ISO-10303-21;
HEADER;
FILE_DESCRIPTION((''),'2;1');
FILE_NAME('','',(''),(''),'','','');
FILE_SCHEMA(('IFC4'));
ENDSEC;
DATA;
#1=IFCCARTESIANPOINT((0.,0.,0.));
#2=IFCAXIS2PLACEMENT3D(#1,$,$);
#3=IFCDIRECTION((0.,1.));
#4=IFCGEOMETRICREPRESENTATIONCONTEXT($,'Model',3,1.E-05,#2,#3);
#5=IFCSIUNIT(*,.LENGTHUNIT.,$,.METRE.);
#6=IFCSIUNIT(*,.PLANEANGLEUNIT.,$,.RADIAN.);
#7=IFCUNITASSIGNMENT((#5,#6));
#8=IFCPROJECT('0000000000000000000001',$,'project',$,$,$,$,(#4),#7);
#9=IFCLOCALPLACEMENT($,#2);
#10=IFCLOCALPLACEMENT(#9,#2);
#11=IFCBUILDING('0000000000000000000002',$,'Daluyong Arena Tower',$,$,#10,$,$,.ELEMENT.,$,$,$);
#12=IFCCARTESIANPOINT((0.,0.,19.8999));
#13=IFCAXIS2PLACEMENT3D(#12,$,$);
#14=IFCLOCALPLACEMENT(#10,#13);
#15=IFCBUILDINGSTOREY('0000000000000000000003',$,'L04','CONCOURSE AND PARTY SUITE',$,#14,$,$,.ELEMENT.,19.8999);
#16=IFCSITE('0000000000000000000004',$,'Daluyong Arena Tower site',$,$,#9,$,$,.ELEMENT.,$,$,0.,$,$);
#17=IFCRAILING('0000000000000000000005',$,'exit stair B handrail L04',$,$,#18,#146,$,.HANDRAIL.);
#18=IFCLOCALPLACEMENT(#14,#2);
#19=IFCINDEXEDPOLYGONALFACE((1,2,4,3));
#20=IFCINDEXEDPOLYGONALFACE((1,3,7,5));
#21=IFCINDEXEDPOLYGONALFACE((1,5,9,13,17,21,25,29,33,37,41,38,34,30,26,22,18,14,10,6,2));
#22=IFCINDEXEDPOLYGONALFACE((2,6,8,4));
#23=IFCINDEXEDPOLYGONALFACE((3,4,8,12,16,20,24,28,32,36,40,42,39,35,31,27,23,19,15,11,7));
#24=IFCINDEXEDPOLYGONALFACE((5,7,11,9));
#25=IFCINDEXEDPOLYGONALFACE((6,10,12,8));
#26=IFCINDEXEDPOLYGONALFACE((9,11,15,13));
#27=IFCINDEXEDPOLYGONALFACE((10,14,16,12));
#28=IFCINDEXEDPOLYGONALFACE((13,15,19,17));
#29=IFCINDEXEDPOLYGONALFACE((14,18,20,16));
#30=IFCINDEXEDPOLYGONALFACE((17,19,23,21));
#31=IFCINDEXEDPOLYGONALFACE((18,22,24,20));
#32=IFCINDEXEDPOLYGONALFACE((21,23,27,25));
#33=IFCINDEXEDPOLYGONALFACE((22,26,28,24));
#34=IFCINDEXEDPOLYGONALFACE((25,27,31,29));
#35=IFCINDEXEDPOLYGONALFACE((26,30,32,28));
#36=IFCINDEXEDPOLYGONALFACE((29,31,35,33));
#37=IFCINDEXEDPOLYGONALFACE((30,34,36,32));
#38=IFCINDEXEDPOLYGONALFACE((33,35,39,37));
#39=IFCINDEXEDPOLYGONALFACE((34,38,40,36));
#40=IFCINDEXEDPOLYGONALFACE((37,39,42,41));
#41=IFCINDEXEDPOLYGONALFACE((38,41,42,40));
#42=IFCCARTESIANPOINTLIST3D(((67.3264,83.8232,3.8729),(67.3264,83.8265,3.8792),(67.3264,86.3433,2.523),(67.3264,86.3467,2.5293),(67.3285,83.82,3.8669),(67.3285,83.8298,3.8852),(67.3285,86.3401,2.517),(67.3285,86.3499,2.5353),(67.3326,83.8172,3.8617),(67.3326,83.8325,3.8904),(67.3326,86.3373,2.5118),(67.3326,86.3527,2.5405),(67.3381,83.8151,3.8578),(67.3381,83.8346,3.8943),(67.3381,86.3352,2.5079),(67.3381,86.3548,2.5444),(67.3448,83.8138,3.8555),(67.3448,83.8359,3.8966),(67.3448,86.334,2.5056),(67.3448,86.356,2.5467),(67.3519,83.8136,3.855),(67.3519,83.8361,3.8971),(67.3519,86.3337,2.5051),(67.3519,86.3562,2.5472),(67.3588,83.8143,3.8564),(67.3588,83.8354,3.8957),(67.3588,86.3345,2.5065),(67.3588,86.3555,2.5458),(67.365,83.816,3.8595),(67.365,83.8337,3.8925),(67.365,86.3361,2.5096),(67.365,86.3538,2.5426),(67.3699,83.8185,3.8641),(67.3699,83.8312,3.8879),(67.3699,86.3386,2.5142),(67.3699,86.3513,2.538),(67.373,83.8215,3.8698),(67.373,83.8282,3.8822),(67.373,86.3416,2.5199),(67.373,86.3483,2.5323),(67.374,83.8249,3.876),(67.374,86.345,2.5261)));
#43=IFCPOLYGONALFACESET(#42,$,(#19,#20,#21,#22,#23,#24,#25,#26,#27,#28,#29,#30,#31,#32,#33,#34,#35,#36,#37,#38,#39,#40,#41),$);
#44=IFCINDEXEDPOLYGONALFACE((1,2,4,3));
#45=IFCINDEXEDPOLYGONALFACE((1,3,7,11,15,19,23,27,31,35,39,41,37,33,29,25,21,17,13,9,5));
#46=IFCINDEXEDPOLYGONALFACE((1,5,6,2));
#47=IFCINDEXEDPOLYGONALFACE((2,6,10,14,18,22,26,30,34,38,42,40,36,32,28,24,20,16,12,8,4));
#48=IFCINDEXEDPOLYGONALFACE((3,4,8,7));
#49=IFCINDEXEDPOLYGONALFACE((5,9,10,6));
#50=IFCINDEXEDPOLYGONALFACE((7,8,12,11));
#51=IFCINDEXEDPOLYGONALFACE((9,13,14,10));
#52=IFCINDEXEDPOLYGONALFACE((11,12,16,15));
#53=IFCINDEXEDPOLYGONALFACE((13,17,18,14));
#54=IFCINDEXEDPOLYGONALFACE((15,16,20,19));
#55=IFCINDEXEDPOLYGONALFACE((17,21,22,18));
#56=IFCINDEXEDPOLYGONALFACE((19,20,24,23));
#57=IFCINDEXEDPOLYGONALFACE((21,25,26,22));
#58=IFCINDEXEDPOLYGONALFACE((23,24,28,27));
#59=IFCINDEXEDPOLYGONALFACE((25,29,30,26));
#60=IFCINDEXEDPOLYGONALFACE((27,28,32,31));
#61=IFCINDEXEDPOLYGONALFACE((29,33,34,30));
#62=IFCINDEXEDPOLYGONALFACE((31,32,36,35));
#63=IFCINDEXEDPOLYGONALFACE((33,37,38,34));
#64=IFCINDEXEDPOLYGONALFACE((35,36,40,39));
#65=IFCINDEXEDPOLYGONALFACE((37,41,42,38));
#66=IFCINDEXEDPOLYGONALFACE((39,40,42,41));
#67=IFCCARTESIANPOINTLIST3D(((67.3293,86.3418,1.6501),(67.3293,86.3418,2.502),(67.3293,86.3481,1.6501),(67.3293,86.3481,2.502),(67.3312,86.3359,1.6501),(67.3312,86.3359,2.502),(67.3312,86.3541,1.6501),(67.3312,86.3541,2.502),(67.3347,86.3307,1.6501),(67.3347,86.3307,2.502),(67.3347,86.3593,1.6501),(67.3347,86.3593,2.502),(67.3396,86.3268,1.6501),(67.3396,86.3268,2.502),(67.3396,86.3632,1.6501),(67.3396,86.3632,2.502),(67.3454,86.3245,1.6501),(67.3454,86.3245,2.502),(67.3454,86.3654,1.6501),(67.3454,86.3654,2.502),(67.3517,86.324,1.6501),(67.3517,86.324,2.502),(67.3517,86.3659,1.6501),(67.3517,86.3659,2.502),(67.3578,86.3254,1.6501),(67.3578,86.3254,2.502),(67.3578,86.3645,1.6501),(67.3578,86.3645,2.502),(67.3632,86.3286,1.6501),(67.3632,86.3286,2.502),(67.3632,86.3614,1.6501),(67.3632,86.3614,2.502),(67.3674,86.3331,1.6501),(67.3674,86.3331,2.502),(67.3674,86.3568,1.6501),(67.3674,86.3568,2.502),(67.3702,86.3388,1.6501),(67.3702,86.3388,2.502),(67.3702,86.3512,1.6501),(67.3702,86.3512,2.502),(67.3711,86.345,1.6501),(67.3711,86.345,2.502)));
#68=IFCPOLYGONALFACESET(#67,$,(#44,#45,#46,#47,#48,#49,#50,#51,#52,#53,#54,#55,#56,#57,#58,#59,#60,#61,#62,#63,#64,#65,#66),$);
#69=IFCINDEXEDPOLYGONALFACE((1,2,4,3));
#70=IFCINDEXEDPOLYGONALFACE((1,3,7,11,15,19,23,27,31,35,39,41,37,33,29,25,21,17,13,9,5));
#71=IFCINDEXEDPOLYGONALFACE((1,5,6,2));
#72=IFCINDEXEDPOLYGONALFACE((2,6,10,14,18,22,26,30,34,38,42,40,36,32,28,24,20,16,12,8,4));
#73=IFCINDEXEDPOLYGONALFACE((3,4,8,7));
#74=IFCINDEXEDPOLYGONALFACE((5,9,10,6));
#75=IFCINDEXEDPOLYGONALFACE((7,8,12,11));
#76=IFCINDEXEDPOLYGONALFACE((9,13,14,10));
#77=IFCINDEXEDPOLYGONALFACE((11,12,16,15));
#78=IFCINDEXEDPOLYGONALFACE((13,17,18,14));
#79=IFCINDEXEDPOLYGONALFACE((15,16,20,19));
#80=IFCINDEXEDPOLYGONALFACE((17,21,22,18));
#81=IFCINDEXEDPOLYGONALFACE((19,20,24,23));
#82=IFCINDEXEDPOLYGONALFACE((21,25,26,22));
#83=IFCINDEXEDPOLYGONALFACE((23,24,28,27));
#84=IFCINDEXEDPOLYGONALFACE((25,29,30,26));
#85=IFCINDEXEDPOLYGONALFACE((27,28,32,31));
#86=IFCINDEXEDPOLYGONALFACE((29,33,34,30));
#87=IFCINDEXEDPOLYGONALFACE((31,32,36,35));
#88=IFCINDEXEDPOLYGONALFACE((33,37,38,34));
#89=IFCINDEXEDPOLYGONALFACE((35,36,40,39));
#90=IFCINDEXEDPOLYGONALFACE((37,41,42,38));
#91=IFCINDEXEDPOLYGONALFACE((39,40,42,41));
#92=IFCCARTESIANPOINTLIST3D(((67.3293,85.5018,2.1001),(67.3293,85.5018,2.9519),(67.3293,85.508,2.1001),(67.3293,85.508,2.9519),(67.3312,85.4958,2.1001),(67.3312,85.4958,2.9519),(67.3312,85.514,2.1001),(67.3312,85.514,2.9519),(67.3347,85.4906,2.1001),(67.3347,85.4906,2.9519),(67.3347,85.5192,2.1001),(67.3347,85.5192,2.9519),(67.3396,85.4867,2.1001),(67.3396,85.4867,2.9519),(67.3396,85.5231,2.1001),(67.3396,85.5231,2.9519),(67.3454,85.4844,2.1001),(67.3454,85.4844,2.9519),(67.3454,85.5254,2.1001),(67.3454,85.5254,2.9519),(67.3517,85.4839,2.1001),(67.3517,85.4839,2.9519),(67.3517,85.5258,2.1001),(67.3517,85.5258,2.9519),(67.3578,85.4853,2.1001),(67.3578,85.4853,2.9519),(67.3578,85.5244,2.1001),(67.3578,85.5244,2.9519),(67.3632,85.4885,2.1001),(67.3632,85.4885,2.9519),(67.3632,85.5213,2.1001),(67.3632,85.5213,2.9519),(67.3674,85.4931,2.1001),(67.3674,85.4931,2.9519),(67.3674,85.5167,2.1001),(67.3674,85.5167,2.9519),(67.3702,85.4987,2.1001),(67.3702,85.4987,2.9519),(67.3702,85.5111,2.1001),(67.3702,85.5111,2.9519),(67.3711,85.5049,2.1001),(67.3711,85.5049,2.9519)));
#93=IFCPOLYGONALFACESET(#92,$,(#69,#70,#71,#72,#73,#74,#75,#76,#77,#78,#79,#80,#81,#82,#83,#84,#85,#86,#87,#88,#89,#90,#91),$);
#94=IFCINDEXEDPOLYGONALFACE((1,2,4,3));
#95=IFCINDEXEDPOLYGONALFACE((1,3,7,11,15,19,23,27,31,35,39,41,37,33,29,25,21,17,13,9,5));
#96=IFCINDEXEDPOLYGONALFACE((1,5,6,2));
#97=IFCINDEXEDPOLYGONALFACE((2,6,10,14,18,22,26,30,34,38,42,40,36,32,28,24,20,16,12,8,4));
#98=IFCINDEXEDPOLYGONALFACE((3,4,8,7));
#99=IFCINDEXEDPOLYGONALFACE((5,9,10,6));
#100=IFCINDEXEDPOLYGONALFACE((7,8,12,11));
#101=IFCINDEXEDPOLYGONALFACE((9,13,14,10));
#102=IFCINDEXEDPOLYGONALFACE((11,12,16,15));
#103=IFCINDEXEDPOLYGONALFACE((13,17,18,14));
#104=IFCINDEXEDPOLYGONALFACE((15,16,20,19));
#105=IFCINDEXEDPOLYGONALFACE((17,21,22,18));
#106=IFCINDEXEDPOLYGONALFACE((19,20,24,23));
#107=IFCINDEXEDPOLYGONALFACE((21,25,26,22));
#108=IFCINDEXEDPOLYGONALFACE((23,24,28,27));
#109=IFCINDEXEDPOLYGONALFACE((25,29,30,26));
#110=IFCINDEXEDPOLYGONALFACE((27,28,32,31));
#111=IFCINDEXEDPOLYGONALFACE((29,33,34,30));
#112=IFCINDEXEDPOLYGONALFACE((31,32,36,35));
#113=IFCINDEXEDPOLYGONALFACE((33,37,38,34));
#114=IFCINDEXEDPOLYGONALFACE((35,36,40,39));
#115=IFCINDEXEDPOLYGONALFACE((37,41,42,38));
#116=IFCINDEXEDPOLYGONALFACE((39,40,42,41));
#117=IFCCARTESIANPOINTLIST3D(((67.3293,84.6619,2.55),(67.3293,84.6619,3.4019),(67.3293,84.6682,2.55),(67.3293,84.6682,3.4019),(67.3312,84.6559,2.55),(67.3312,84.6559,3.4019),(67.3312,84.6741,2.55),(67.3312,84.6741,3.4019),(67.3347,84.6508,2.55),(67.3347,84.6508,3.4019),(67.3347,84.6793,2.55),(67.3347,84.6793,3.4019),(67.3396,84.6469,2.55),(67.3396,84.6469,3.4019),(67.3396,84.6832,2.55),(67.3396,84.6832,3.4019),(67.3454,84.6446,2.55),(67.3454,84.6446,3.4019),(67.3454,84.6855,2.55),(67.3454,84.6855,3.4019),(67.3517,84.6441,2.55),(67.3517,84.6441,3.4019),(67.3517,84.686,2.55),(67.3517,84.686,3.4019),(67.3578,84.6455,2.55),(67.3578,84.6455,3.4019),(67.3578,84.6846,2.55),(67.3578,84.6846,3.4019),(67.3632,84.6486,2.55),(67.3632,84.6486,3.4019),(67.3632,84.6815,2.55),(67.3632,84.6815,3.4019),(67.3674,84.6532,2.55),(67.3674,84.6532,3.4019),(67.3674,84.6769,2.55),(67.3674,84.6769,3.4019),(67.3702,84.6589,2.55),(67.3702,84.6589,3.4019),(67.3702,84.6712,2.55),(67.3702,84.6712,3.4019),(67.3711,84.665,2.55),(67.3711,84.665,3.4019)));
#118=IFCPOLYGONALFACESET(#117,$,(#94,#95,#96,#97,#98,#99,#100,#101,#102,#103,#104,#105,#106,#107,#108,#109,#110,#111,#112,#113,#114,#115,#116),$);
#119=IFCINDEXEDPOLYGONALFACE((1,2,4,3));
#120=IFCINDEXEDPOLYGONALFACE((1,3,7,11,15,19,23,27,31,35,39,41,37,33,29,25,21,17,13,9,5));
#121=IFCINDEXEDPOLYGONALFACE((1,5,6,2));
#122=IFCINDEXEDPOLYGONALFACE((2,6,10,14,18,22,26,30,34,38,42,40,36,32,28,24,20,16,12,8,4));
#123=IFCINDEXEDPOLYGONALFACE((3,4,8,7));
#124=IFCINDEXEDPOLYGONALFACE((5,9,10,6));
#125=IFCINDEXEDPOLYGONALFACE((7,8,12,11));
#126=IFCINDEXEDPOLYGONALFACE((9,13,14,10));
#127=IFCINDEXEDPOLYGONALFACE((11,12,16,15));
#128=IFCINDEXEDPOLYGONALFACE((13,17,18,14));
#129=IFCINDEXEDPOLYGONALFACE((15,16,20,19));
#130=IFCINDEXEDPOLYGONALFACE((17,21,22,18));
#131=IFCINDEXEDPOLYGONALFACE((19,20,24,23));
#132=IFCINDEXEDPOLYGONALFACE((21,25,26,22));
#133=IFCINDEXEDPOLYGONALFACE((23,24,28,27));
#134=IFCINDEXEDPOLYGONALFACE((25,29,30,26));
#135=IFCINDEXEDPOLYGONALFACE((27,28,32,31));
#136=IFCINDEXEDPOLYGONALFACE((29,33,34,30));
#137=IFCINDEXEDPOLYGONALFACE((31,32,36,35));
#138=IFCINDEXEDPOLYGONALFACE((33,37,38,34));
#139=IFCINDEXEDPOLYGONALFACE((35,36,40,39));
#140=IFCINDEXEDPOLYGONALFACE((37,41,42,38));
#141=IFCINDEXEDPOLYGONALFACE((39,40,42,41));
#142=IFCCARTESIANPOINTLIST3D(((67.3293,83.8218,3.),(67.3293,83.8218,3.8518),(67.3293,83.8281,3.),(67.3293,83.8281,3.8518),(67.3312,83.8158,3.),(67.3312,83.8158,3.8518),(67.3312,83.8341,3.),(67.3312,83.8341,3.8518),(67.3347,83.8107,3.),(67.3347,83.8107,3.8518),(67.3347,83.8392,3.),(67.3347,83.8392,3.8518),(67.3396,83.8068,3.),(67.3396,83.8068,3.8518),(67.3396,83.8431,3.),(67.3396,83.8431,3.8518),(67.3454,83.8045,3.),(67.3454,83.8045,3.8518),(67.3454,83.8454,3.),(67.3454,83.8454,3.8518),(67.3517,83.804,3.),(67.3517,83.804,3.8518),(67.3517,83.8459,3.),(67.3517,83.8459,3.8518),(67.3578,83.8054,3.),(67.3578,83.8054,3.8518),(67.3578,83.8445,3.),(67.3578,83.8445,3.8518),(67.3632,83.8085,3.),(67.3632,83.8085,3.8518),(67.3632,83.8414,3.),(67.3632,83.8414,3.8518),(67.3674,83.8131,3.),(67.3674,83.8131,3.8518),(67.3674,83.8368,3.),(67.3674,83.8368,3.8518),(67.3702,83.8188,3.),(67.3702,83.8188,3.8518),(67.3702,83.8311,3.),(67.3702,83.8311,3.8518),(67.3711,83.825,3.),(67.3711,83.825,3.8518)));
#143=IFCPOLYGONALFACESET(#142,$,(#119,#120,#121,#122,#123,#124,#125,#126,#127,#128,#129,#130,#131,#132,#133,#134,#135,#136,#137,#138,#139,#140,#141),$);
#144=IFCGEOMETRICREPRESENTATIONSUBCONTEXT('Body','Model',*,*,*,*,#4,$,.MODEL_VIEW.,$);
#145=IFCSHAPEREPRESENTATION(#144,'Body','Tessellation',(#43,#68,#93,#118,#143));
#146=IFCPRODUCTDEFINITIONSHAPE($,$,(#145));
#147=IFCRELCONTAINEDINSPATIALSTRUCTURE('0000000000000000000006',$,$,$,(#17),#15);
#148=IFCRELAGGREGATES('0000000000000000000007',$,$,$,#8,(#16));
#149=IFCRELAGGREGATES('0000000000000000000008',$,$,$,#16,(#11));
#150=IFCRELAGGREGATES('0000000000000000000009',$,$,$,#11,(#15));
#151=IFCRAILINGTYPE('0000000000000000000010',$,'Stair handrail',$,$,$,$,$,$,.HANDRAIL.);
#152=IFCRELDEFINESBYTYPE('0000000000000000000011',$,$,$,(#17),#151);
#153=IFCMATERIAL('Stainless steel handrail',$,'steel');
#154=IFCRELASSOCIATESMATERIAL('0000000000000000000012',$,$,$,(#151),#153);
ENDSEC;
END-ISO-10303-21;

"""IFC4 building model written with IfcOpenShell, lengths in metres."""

from ifc_helpers import new_model, si_unit, direction, frame, origin, origin_2d, place, context, subcontext, project, spatial, circle, extrude, material, type_object, element, save


model = new_model("IFC4")

# Units and contexts
model_context = context("Model", 3, precision=1e-05, world=origin(), true_north=direction((0.0, 1.0)))
body_context = subcontext(model_context, "Body", "Model", "MODEL_VIEW")
ifc_project = project(units=[si_unit("LENGTHUNIT", "METRE"), si_unit("PLANEANGLEUNIT", "RADIAN")], contexts=[model_context])

# Site, building, storey
site_placement = place(None, origin())
site = spatial("IfcSite", under=ifc_project, at=site_placement, Name="Daluyong Arena Tower site", CompositionType="ELEMENT", RefElevation=0.0)
building_placement = place(site_placement, origin())
building = spatial("IfcBuilding", under=site, at=building_placement, Name="Daluyong Arena Tower", CompositionType="ELEMENT")
storey_placement = place(building_placement, frame((0.0, 0.0, 19.8999)))
storey = spatial("IfcBuildingStorey", under=building, at=storey_placement, Name="L04", Description="CONCOURSE AND PARTY SUITE", CompositionType="ELEMENT", Elevation=19.8999)

# Railing
ifc_material_1 = material(Name="Stainless steel handrail", Category="steel")
railing_type_1 = type_object("IfcRailingType", Name="Stair handrail", PredefinedType="HANDRAIL", material=ifc_material_1)
railing_1_placement = place(storey_placement, frame((67.3501, 86.345, 1.6501)))
element("IfcRailing", 1, at=railing_1_placement, inside=storey, type_object=railing_type_1, Name="exit stair B handrail L04", PredefinedType="HANDRAIL", context=body_context, shape_type="SweptSolid", body=[
    extrude(circle(Radius=0.0239, at=origin_2d()), frame((0.0, 0.0, 0.876), z_axis=(0.0, -0.881503, 0.472179), x_axis=(1.0, 0.0, 0.0)), (0.0, 0.0, 1.0), 2.8589),
    extrude(circle(Radius=0.021, at=origin_2d()), origin(), (0.0, 0.0, 1.0), 0.8518),
    extrude(circle(Radius=0.021, at=origin_2d()), frame((0.0, -0.8401, 0.45)), (0.0, 0.0, 1.0), 0.8518),
    extrude(circle(Radius=0.021, at=origin_2d()), frame((0.0, -1.6799, 0.8999)), (0.0, 0.0, 1.0), 0.8518),
    extrude(circle(Radius=0.021, at=origin_2d()), frame((0.0, -2.52, 1.3499)), (0.0, 0.0, 1.0), 0.8518),
])

save(model, "model.ifc")
